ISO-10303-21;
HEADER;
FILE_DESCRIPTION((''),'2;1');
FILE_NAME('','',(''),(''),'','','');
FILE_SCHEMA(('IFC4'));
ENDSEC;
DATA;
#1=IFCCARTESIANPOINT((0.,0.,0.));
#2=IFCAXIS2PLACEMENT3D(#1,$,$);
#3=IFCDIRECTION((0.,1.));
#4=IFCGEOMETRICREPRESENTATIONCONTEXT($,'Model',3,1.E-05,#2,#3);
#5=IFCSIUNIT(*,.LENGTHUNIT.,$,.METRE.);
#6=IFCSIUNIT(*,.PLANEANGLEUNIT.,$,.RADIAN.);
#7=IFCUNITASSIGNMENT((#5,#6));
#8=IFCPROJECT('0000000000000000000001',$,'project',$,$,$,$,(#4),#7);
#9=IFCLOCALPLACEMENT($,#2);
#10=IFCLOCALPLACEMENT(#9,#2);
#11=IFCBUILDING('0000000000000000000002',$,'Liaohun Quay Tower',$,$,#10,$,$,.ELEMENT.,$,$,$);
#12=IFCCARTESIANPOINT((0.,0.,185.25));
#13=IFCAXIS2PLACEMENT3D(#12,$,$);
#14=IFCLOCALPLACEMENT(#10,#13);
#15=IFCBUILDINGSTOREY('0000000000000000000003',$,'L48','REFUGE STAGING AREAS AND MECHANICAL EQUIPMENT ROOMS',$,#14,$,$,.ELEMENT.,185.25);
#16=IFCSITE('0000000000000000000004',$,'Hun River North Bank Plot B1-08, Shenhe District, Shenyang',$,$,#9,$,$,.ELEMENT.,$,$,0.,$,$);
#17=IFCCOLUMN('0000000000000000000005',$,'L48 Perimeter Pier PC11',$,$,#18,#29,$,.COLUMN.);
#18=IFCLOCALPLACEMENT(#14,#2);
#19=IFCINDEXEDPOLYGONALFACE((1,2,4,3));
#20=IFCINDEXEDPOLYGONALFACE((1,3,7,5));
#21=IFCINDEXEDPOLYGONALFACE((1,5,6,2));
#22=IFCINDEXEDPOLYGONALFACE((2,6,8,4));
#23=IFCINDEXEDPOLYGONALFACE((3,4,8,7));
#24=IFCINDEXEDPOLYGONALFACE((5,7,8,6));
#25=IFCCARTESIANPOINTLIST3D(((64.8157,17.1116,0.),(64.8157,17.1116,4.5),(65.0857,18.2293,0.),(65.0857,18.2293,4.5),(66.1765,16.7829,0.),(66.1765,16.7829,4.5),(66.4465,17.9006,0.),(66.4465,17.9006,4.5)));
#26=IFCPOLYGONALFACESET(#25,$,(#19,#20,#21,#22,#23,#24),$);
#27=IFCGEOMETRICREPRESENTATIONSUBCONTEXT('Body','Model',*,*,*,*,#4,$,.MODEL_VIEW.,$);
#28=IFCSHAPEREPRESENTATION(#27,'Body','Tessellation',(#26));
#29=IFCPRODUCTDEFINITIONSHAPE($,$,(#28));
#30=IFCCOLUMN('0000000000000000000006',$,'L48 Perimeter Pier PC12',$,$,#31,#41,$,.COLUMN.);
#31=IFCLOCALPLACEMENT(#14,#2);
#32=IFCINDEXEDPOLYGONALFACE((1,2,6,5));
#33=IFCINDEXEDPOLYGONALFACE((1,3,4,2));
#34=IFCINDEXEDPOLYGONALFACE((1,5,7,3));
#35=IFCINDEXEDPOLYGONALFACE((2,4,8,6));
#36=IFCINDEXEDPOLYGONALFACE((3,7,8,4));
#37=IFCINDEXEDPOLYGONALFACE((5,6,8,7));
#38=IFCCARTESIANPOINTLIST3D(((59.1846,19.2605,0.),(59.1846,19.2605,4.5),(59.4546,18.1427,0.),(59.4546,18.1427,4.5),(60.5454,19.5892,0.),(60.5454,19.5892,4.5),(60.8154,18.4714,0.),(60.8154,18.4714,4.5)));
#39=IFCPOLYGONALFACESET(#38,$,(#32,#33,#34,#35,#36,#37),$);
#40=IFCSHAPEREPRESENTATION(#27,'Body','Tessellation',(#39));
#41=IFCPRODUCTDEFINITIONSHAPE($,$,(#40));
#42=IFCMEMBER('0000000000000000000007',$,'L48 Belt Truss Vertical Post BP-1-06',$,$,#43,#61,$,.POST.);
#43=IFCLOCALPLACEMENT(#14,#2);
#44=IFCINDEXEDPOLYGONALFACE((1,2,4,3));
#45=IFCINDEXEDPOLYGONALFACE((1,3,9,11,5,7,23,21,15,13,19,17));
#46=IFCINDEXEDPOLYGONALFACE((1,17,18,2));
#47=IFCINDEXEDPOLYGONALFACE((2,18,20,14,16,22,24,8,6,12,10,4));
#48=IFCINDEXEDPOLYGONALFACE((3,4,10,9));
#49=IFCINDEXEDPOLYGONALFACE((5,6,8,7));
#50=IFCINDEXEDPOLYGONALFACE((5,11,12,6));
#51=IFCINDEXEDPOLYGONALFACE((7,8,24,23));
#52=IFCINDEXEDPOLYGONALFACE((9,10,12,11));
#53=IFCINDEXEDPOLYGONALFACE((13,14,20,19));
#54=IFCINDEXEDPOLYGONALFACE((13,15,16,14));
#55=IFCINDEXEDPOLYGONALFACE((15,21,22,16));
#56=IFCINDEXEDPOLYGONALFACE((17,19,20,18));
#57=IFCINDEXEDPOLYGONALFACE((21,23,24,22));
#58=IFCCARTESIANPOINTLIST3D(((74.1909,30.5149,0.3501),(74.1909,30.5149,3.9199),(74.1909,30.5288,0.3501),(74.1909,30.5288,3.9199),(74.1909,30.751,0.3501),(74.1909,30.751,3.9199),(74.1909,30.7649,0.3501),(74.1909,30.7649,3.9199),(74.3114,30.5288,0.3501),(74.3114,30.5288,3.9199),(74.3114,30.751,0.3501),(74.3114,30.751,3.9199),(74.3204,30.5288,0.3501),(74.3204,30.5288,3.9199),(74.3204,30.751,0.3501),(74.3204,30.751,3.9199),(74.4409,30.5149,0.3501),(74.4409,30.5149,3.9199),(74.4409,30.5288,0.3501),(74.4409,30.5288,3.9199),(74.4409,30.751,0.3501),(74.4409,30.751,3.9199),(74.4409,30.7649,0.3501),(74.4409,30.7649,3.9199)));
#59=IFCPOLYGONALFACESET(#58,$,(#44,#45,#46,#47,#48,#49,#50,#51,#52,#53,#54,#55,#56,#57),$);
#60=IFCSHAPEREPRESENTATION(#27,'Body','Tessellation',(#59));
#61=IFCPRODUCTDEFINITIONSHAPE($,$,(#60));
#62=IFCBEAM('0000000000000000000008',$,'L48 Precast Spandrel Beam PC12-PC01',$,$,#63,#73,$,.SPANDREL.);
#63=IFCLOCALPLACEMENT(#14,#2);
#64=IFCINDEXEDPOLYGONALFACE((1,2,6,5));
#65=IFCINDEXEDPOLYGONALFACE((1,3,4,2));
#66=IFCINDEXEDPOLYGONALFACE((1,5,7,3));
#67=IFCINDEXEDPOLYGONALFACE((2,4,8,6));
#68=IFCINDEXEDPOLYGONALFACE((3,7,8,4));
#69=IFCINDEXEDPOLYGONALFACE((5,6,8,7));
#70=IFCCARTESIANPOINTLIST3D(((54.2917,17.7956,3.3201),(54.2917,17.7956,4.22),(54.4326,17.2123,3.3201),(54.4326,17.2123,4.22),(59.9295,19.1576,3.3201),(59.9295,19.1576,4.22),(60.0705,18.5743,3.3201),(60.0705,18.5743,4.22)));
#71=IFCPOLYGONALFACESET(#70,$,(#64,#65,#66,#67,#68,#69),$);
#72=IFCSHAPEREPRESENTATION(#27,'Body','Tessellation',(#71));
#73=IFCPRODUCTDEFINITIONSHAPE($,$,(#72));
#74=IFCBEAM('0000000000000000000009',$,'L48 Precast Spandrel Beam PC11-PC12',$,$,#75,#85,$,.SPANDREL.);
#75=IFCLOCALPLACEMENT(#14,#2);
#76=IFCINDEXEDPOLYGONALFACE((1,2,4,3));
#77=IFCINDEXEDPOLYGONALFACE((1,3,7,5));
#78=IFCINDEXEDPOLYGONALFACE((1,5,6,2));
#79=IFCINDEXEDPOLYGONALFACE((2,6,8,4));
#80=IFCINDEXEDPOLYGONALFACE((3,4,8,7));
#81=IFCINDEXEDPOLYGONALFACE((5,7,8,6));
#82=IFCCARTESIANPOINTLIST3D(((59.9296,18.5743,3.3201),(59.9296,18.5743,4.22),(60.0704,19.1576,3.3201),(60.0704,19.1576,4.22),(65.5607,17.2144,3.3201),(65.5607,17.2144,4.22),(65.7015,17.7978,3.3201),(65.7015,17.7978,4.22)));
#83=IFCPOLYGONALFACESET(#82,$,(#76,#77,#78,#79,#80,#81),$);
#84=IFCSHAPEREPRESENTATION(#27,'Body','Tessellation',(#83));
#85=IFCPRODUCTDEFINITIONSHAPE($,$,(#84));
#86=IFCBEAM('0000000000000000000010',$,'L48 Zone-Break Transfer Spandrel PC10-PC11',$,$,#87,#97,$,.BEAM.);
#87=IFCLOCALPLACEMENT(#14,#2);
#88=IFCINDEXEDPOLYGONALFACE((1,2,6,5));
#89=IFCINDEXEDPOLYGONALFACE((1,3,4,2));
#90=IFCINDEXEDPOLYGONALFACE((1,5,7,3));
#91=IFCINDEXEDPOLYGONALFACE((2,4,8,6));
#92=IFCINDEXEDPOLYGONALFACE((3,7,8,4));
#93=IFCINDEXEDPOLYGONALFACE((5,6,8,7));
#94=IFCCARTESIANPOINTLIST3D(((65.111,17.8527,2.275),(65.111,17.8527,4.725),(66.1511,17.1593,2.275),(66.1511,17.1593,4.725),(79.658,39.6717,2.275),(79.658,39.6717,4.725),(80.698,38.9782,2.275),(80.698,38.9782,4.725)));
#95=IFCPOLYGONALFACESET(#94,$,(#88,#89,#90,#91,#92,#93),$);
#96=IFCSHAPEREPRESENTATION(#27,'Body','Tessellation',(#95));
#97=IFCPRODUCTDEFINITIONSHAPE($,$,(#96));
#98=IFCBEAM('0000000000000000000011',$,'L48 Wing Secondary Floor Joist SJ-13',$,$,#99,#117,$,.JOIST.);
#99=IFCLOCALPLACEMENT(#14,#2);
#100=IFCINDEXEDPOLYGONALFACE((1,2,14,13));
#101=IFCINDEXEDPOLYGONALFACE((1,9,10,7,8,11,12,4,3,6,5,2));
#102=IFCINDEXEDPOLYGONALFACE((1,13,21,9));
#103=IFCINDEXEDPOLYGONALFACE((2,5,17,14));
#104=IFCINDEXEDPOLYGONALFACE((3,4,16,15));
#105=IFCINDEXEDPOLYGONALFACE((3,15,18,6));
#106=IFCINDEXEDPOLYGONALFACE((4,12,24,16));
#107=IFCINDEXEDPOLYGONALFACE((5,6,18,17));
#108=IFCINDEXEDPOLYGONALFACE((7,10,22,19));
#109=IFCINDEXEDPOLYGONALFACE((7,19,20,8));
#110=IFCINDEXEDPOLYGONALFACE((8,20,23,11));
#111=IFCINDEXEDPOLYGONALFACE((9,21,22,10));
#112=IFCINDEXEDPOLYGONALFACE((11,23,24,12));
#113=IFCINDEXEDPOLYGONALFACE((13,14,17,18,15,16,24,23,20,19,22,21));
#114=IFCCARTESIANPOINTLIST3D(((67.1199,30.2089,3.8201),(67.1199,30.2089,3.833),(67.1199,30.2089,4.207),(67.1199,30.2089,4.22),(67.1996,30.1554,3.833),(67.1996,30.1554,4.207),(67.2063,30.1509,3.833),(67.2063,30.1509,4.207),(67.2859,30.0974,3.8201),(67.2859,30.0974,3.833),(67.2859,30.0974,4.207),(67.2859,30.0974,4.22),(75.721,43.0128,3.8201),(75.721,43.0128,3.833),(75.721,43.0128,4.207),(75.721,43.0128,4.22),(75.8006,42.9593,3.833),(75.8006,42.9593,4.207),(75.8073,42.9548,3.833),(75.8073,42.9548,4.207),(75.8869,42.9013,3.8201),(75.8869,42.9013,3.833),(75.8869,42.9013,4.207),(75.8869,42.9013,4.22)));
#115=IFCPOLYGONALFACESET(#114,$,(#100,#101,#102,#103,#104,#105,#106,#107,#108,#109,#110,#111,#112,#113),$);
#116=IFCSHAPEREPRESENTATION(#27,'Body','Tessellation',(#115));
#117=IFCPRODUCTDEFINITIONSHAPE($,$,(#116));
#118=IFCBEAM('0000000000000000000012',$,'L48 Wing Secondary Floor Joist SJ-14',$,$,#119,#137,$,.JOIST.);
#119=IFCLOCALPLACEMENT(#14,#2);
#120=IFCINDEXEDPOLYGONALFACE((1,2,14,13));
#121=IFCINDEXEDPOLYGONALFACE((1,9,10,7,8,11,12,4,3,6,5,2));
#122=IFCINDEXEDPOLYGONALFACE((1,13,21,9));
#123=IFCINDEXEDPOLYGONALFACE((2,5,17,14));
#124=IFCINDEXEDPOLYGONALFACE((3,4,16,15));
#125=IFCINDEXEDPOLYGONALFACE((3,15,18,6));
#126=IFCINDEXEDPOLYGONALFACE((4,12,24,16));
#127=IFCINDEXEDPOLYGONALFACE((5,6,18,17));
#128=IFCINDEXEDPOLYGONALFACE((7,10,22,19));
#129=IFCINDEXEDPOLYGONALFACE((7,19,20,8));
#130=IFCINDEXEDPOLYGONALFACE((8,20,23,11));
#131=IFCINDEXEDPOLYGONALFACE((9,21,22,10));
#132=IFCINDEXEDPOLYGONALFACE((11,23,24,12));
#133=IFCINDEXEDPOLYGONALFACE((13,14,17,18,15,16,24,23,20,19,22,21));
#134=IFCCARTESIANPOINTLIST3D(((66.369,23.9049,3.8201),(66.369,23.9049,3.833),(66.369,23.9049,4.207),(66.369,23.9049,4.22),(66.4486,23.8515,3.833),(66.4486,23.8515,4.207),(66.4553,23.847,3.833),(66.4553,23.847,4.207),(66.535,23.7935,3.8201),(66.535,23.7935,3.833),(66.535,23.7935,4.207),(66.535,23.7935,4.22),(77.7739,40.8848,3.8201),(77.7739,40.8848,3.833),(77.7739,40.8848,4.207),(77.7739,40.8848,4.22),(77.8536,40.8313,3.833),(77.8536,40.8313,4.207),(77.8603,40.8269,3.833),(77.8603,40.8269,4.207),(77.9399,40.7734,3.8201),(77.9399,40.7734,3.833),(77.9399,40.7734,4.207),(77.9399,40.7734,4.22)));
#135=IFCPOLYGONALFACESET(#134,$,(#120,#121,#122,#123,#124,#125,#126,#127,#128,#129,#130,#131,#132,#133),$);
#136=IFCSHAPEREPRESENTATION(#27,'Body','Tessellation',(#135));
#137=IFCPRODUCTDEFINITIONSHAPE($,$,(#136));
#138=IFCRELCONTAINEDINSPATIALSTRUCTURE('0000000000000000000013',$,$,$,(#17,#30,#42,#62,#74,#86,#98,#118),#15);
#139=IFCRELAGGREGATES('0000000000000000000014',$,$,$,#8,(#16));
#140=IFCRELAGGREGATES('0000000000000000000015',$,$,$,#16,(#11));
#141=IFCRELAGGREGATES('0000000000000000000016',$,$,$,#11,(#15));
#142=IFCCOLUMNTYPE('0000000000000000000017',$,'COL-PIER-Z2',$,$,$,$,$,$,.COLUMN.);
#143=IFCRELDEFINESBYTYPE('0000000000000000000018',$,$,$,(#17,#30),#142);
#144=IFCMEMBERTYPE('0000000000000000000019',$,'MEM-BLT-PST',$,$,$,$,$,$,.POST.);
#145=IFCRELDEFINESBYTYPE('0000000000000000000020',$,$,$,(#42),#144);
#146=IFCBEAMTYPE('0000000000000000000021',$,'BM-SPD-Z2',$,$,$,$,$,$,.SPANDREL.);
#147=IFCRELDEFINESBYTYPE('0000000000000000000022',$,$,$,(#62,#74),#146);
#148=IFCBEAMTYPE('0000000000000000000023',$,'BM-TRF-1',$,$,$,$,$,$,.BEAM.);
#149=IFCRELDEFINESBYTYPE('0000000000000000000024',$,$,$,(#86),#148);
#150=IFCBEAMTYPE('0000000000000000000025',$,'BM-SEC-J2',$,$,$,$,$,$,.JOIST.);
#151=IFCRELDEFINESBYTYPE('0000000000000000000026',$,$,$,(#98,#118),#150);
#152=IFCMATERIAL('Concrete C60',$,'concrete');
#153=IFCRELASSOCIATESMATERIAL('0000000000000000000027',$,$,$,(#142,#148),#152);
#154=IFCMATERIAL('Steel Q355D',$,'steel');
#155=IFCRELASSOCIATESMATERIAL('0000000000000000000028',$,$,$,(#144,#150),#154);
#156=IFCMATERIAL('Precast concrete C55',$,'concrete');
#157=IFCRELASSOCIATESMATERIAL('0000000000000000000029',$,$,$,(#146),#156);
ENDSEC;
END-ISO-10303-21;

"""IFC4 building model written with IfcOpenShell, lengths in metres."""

from ifc_helpers import new_model, si_unit, direction, frame, origin, origin_2d, place, context, subcontext, project, spatial, rectangle, i_section, extrude, source, transform, mapped, material, material_profile, profile_set, type_object, element, save


model = new_model("IFC4")

# Units and contexts
model_context = context("Model", 3, precision=1e-05, world=origin(), true_north=direction((0.0, 1.0)))
body_context = subcontext(model_context, "Body", "Model", "MODEL_VIEW")
ifc_project = project(units=[si_unit("LENGTHUNIT", "METRE"), si_unit("PLANEANGLEUNIT", "RADIAN")], contexts=[model_context])

# Site, building, storey
site_placement = place(None, origin())
site = spatial("IfcSite", under=ifc_project, at=site_placement, Name="Hun River North Bank Plot B1-08, Shenhe District, Shenyang", CompositionType="ELEMENT", RefElevation=0.0)
building_placement = place(site_placement, origin())
building = spatial("IfcBuilding", under=site, at=building_placement, Name="Liaohun Quay Tower", CompositionType="ELEMENT")
storey_placement = place(building_placement, frame((0.0, 0.0, 185.25)))
storey = spatial("IfcBuildingStorey", under=building, at=storey_placement, Name="L48", Description="REFUGE STAGING AREAS AND MECHANICAL EQUIPMENT ROOMS", CompositionType="ELEMENT", Elevation=185.25)

# Columns
ifc_material_1 = material(Name="Concrete C60", Category="concrete")
ifc_material_profile_1 = material_profile(ifc_material_1, rectangle(XDim=1.3999, YDim=1.1499, at=origin_2d()), Name="RC1400x1150")
ifc_profile_set_1 = profile_set([ifc_material_profile_1], Name="Concrete C60")
column_type = type_object("IfcColumnType", Name="COL-PIER-Z2", PredefinedType="COLUMN", material=ifc_profile_set_1)
shared_shape_1 = source(origin(), body_context, "Body", "SweptSolid", [
    extrude(rectangle(XDim=1.3999, YDim=1.1499, at=origin_2d()), origin(), (0.0, 0.0, 1.0), 4.5),
])
for number, where, z_axis, x_axis, name in (
    (1, (65.6311, 17.5061, 0.0), (0.0, 0.0, 1.0), (-0.972043, 0.234803, 0.0), "L48 Perimeter Pier PC11"),
    (2, (60.0, 18.866, 0.0), (0.0, 0.0, 1.0), (0.972043, 0.234803, 0.0), "L48 Perimeter Pier PC12"),
):
    element("IfcColumn", number, at=place(storey_placement, frame(where, z_axis=z_axis, x_axis=x_axis)), inside=storey, type_object=column_type, Name=name, PredefinedType="COLUMN", context=body_context, shape_type="MappedRepresentation", body=[
        mapped(shared_shape_1, transform((0.0, 0.0, 0.0), x_axis=(1.0, 0.0, 0.0), y_axis=(0.0, 1.0, 0.0), z_axis=(0.0, 0.0, 1.0), scale=1.0)),
    ])

# Member
ifc_material_2 = material(Name="Steel Q355D", Category="steel")
ifc_material_profile_2 = material_profile(ifc_material_2, i_section(OverallWidth=0.25, OverallDepth=0.25, WebThickness=0.009, FlangeThickness=0.0139, at=origin_2d()), Name="HW250x250x9x14")
ifc_profile_set_2 = profile_set([ifc_material_profile_2], Name="Steel Q355D")
member_type_1 = type_object("IfcMemberType", Name="MEM-BLT-PST", PredefinedType="POST", material=ifc_profile_set_2)
shared_shape_2 = source(origin(), body_context, "Body", "SweptSolid", [
    extrude(i_section(OverallWidth=0.25, OverallDepth=0.25, WebThickness=0.009, FlangeThickness=0.0139, at=origin_2d()), origin(), (0.0, 0.0, 1.0), 3.5698),
])
member_1_placement = place(storey_placement, frame((74.3159, 30.6399, 0.3501), z_axis=(0.0, 0.0, 1.0), x_axis=(1.0, 0.0, 0.0)))
element("IfcMember", 3, at=member_1_placement, inside=storey, type_object=member_type_1, Name="L48 Belt Truss Vertical Post BP-1-06", PredefinedType="POST", context=body_context, shape_type="MappedRepresentation", body=[
    mapped(shared_shape_2, transform((0.0, 0.0, 0.0), x_axis=(1.0, 0.0, 0.0), y_axis=(0.0, 1.0, 0.0), z_axis=(0.0, 0.0, 1.0), scale=1.0)),
])

# Beams
ifc_material_3 = material(Name="Precast concrete C55", Category="concrete")
ifc_material_profile_3 = material_profile(ifc_material_3, rectangle(XDim=0.6001, YDim=0.8999, at=origin_2d()), Name="RC600x900")
ifc_profile_set_3 = profile_set([ifc_material_profile_3], Name="Precast concrete C55")
beam_type_1 = type_object("IfcBeamType", Name="BM-SPD-Z2", PredefinedType="SPANDREL", material=ifc_profile_set_3)
shared_shape_3 = source(origin(), body_context, "Body", "SweptSolid", [
    extrude(rectangle(XDim=0.6001, YDim=0.8999, at=origin_2d()), origin(), (0.0, 0.0, 1.0), 5.8),
])
beam_1_placement = place(storey_placement, frame((60.0, 18.866, 3.77), z_axis=(-0.972036, -0.234833, 0.0), x_axis=(0.234833, -0.972036, 0.0)))
element("IfcBeam", 4, at=beam_1_placement, inside=storey, type_object=beam_type_1, Name="L48 Precast Spandrel Beam PC12-PC01", PredefinedType="SPANDREL", context=body_context, shape_type="MappedRepresentation", body=[
    mapped(shared_shape_3, transform((0.0, 0.0, 0.0), x_axis=(1.0, 0.0, 0.0), y_axis=(0.0, 1.0, 0.0), z_axis=(0.0, 0.0, 1.0), scale=1.0)),
])
shared_shape_4 = source(origin(), body_context, "Body", "SweptSolid", [
    extrude(rectangle(XDim=0.6001, YDim=0.8999, at=origin_2d()), origin(), (0.0, 0.0, 1.0), 5.793),
])
beam_2_placement = place(storey_placement, frame((65.6311, 17.5061, 3.77), z_axis=(-0.972057, 0.234744, 0.0), x_axis=(-0.234744, -0.972057, 0.0)))
element("IfcBeam", 5, at=beam_2_placement, inside=storey, type_object=beam_type_1, Name="L48 Precast Spandrel Beam PC11-PC12", PredefinedType="SPANDREL", context=body_context, shape_type="MappedRepresentation", body=[
    mapped(shared_shape_4, transform((0.0, 0.0, 0.0), x_axis=(1.0, 0.0, 0.0), y_axis=(0.0, 1.0, 0.0), z_axis=(0.0, 0.0, 1.0), scale=1.0)),
])
ifc_material_profile_4 = material_profile(ifc_material_1, rectangle(XDim=1.25, YDim=2.45, at=origin_2d()), Name="RC1250x2450")
ifc_profile_set_4 = profile_set([ifc_material_profile_4], Name="Concrete C60")
beam_type_2 = type_object("IfcBeamType", Name="BM-TRF-1", PredefinedType="BEAM", material=ifc_profile_set_4)
shared_shape_5 = source(origin(), body_context, "Body", "SweptSolid", [
    extrude(rectangle(XDim=1.25, YDim=2.45, at=origin_2d()), origin(), (0.0, 0.0, 1.0), 26.2236),
])
beam_3_placement = place(storey_placement, frame((80.178, 39.325, 3.5), z_axis=(-0.554726, -0.832033, 0.0), x_axis=(0.832033, -0.554726, 0.0)))
element("IfcBeam", 6, at=beam_3_placement, inside=storey, type_object=beam_type_2, Name="L48 Zone-Break Transfer Spandrel PC10-PC11", PredefinedType="BEAM", context=body_context, shape_type="MappedRepresentation", body=[
    mapped(shared_shape_5, transform((0.0, 0.0, 0.0), x_axis=(1.0, 0.0, 0.0), y_axis=(0.0, 1.0, 0.0), z_axis=(0.0, 0.0, 1.0), scale=1.0)),
])
ifc_material_profile_5 = material_profile(ifc_material_2, i_section(OverallWidth=0.2, OverallDepth=0.3999, WebThickness=0.0081, FlangeThickness=0.0129, at=origin_2d()), Name="HN400x200x8x13")
ifc_profile_set_5 = profile_set([ifc_material_profile_5], Name="Steel Q355D")
beam_type_3 = type_object("IfcBeamType", Name="BM-SEC-J2", PredefinedType="JOIST", material=ifc_profile_set_5)
shared_shape_6 = source(origin(), body_context, "Body", "SweptSolid", [
    extrude(i_section(OverallWidth=0.2, OverallDepth=0.3999, WebThickness=0.0081, FlangeThickness=0.0129, at=origin_2d()), origin(), (0.0, 0.0, 1.0), 15.4246),
])
beam_4_placement = place(storey_placement, frame((75.804, 42.957, 4.02), z_axis=(-0.557619, -0.830097, 0.0), x_axis=(0.830097, -0.557619, 0.0)))
element("IfcBeam", 7, at=beam_4_placement, inside=storey, type_object=beam_type_3, Name="L48 Wing Secondary Floor Joist SJ-13", PredefinedType="JOIST", context=body_context, shape_type="MappedRepresentation", body=[
    mapped(shared_shape_6, transform((0.0, 0.0, 0.0), x_axis=(1.0, 0.0, 0.0), y_axis=(0.0, 1.0, 0.0), z_axis=(0.0, 0.0, 1.0), scale=1.0)),
])
shared_shape_7 = source(origin(), body_context, "Body", "SweptSolid", [
    extrude(i_section(OverallWidth=0.2, OverallDepth=0.3999, WebThickness=0.0081, FlangeThickness=0.0129, at=origin_2d()), origin(), (0.0, 0.0, 1.0), 20.4546),
])
beam_5_placement = place(storey_placement, frame((77.8569, 40.8291, 4.02), z_axis=(-0.557575, -0.830126, 0.0), x_axis=(0.830126, -0.557575, 0.0)))
element("IfcBeam", 8, at=beam_5_placement, inside=storey, type_object=beam_type_3, Name="L48 Wing Secondary Floor Joist SJ-14", PredefinedType="JOIST", context=body_context, shape_type="MappedRepresentation", body=[
    mapped(shared_shape_7, transform((0.0, 0.0, 0.0), x_axis=(1.0, 0.0, 0.0), y_axis=(0.0, 1.0, 0.0), z_axis=(0.0, 0.0, 1.0), scale=1.0)),
])

save(model, "model.ifc")
